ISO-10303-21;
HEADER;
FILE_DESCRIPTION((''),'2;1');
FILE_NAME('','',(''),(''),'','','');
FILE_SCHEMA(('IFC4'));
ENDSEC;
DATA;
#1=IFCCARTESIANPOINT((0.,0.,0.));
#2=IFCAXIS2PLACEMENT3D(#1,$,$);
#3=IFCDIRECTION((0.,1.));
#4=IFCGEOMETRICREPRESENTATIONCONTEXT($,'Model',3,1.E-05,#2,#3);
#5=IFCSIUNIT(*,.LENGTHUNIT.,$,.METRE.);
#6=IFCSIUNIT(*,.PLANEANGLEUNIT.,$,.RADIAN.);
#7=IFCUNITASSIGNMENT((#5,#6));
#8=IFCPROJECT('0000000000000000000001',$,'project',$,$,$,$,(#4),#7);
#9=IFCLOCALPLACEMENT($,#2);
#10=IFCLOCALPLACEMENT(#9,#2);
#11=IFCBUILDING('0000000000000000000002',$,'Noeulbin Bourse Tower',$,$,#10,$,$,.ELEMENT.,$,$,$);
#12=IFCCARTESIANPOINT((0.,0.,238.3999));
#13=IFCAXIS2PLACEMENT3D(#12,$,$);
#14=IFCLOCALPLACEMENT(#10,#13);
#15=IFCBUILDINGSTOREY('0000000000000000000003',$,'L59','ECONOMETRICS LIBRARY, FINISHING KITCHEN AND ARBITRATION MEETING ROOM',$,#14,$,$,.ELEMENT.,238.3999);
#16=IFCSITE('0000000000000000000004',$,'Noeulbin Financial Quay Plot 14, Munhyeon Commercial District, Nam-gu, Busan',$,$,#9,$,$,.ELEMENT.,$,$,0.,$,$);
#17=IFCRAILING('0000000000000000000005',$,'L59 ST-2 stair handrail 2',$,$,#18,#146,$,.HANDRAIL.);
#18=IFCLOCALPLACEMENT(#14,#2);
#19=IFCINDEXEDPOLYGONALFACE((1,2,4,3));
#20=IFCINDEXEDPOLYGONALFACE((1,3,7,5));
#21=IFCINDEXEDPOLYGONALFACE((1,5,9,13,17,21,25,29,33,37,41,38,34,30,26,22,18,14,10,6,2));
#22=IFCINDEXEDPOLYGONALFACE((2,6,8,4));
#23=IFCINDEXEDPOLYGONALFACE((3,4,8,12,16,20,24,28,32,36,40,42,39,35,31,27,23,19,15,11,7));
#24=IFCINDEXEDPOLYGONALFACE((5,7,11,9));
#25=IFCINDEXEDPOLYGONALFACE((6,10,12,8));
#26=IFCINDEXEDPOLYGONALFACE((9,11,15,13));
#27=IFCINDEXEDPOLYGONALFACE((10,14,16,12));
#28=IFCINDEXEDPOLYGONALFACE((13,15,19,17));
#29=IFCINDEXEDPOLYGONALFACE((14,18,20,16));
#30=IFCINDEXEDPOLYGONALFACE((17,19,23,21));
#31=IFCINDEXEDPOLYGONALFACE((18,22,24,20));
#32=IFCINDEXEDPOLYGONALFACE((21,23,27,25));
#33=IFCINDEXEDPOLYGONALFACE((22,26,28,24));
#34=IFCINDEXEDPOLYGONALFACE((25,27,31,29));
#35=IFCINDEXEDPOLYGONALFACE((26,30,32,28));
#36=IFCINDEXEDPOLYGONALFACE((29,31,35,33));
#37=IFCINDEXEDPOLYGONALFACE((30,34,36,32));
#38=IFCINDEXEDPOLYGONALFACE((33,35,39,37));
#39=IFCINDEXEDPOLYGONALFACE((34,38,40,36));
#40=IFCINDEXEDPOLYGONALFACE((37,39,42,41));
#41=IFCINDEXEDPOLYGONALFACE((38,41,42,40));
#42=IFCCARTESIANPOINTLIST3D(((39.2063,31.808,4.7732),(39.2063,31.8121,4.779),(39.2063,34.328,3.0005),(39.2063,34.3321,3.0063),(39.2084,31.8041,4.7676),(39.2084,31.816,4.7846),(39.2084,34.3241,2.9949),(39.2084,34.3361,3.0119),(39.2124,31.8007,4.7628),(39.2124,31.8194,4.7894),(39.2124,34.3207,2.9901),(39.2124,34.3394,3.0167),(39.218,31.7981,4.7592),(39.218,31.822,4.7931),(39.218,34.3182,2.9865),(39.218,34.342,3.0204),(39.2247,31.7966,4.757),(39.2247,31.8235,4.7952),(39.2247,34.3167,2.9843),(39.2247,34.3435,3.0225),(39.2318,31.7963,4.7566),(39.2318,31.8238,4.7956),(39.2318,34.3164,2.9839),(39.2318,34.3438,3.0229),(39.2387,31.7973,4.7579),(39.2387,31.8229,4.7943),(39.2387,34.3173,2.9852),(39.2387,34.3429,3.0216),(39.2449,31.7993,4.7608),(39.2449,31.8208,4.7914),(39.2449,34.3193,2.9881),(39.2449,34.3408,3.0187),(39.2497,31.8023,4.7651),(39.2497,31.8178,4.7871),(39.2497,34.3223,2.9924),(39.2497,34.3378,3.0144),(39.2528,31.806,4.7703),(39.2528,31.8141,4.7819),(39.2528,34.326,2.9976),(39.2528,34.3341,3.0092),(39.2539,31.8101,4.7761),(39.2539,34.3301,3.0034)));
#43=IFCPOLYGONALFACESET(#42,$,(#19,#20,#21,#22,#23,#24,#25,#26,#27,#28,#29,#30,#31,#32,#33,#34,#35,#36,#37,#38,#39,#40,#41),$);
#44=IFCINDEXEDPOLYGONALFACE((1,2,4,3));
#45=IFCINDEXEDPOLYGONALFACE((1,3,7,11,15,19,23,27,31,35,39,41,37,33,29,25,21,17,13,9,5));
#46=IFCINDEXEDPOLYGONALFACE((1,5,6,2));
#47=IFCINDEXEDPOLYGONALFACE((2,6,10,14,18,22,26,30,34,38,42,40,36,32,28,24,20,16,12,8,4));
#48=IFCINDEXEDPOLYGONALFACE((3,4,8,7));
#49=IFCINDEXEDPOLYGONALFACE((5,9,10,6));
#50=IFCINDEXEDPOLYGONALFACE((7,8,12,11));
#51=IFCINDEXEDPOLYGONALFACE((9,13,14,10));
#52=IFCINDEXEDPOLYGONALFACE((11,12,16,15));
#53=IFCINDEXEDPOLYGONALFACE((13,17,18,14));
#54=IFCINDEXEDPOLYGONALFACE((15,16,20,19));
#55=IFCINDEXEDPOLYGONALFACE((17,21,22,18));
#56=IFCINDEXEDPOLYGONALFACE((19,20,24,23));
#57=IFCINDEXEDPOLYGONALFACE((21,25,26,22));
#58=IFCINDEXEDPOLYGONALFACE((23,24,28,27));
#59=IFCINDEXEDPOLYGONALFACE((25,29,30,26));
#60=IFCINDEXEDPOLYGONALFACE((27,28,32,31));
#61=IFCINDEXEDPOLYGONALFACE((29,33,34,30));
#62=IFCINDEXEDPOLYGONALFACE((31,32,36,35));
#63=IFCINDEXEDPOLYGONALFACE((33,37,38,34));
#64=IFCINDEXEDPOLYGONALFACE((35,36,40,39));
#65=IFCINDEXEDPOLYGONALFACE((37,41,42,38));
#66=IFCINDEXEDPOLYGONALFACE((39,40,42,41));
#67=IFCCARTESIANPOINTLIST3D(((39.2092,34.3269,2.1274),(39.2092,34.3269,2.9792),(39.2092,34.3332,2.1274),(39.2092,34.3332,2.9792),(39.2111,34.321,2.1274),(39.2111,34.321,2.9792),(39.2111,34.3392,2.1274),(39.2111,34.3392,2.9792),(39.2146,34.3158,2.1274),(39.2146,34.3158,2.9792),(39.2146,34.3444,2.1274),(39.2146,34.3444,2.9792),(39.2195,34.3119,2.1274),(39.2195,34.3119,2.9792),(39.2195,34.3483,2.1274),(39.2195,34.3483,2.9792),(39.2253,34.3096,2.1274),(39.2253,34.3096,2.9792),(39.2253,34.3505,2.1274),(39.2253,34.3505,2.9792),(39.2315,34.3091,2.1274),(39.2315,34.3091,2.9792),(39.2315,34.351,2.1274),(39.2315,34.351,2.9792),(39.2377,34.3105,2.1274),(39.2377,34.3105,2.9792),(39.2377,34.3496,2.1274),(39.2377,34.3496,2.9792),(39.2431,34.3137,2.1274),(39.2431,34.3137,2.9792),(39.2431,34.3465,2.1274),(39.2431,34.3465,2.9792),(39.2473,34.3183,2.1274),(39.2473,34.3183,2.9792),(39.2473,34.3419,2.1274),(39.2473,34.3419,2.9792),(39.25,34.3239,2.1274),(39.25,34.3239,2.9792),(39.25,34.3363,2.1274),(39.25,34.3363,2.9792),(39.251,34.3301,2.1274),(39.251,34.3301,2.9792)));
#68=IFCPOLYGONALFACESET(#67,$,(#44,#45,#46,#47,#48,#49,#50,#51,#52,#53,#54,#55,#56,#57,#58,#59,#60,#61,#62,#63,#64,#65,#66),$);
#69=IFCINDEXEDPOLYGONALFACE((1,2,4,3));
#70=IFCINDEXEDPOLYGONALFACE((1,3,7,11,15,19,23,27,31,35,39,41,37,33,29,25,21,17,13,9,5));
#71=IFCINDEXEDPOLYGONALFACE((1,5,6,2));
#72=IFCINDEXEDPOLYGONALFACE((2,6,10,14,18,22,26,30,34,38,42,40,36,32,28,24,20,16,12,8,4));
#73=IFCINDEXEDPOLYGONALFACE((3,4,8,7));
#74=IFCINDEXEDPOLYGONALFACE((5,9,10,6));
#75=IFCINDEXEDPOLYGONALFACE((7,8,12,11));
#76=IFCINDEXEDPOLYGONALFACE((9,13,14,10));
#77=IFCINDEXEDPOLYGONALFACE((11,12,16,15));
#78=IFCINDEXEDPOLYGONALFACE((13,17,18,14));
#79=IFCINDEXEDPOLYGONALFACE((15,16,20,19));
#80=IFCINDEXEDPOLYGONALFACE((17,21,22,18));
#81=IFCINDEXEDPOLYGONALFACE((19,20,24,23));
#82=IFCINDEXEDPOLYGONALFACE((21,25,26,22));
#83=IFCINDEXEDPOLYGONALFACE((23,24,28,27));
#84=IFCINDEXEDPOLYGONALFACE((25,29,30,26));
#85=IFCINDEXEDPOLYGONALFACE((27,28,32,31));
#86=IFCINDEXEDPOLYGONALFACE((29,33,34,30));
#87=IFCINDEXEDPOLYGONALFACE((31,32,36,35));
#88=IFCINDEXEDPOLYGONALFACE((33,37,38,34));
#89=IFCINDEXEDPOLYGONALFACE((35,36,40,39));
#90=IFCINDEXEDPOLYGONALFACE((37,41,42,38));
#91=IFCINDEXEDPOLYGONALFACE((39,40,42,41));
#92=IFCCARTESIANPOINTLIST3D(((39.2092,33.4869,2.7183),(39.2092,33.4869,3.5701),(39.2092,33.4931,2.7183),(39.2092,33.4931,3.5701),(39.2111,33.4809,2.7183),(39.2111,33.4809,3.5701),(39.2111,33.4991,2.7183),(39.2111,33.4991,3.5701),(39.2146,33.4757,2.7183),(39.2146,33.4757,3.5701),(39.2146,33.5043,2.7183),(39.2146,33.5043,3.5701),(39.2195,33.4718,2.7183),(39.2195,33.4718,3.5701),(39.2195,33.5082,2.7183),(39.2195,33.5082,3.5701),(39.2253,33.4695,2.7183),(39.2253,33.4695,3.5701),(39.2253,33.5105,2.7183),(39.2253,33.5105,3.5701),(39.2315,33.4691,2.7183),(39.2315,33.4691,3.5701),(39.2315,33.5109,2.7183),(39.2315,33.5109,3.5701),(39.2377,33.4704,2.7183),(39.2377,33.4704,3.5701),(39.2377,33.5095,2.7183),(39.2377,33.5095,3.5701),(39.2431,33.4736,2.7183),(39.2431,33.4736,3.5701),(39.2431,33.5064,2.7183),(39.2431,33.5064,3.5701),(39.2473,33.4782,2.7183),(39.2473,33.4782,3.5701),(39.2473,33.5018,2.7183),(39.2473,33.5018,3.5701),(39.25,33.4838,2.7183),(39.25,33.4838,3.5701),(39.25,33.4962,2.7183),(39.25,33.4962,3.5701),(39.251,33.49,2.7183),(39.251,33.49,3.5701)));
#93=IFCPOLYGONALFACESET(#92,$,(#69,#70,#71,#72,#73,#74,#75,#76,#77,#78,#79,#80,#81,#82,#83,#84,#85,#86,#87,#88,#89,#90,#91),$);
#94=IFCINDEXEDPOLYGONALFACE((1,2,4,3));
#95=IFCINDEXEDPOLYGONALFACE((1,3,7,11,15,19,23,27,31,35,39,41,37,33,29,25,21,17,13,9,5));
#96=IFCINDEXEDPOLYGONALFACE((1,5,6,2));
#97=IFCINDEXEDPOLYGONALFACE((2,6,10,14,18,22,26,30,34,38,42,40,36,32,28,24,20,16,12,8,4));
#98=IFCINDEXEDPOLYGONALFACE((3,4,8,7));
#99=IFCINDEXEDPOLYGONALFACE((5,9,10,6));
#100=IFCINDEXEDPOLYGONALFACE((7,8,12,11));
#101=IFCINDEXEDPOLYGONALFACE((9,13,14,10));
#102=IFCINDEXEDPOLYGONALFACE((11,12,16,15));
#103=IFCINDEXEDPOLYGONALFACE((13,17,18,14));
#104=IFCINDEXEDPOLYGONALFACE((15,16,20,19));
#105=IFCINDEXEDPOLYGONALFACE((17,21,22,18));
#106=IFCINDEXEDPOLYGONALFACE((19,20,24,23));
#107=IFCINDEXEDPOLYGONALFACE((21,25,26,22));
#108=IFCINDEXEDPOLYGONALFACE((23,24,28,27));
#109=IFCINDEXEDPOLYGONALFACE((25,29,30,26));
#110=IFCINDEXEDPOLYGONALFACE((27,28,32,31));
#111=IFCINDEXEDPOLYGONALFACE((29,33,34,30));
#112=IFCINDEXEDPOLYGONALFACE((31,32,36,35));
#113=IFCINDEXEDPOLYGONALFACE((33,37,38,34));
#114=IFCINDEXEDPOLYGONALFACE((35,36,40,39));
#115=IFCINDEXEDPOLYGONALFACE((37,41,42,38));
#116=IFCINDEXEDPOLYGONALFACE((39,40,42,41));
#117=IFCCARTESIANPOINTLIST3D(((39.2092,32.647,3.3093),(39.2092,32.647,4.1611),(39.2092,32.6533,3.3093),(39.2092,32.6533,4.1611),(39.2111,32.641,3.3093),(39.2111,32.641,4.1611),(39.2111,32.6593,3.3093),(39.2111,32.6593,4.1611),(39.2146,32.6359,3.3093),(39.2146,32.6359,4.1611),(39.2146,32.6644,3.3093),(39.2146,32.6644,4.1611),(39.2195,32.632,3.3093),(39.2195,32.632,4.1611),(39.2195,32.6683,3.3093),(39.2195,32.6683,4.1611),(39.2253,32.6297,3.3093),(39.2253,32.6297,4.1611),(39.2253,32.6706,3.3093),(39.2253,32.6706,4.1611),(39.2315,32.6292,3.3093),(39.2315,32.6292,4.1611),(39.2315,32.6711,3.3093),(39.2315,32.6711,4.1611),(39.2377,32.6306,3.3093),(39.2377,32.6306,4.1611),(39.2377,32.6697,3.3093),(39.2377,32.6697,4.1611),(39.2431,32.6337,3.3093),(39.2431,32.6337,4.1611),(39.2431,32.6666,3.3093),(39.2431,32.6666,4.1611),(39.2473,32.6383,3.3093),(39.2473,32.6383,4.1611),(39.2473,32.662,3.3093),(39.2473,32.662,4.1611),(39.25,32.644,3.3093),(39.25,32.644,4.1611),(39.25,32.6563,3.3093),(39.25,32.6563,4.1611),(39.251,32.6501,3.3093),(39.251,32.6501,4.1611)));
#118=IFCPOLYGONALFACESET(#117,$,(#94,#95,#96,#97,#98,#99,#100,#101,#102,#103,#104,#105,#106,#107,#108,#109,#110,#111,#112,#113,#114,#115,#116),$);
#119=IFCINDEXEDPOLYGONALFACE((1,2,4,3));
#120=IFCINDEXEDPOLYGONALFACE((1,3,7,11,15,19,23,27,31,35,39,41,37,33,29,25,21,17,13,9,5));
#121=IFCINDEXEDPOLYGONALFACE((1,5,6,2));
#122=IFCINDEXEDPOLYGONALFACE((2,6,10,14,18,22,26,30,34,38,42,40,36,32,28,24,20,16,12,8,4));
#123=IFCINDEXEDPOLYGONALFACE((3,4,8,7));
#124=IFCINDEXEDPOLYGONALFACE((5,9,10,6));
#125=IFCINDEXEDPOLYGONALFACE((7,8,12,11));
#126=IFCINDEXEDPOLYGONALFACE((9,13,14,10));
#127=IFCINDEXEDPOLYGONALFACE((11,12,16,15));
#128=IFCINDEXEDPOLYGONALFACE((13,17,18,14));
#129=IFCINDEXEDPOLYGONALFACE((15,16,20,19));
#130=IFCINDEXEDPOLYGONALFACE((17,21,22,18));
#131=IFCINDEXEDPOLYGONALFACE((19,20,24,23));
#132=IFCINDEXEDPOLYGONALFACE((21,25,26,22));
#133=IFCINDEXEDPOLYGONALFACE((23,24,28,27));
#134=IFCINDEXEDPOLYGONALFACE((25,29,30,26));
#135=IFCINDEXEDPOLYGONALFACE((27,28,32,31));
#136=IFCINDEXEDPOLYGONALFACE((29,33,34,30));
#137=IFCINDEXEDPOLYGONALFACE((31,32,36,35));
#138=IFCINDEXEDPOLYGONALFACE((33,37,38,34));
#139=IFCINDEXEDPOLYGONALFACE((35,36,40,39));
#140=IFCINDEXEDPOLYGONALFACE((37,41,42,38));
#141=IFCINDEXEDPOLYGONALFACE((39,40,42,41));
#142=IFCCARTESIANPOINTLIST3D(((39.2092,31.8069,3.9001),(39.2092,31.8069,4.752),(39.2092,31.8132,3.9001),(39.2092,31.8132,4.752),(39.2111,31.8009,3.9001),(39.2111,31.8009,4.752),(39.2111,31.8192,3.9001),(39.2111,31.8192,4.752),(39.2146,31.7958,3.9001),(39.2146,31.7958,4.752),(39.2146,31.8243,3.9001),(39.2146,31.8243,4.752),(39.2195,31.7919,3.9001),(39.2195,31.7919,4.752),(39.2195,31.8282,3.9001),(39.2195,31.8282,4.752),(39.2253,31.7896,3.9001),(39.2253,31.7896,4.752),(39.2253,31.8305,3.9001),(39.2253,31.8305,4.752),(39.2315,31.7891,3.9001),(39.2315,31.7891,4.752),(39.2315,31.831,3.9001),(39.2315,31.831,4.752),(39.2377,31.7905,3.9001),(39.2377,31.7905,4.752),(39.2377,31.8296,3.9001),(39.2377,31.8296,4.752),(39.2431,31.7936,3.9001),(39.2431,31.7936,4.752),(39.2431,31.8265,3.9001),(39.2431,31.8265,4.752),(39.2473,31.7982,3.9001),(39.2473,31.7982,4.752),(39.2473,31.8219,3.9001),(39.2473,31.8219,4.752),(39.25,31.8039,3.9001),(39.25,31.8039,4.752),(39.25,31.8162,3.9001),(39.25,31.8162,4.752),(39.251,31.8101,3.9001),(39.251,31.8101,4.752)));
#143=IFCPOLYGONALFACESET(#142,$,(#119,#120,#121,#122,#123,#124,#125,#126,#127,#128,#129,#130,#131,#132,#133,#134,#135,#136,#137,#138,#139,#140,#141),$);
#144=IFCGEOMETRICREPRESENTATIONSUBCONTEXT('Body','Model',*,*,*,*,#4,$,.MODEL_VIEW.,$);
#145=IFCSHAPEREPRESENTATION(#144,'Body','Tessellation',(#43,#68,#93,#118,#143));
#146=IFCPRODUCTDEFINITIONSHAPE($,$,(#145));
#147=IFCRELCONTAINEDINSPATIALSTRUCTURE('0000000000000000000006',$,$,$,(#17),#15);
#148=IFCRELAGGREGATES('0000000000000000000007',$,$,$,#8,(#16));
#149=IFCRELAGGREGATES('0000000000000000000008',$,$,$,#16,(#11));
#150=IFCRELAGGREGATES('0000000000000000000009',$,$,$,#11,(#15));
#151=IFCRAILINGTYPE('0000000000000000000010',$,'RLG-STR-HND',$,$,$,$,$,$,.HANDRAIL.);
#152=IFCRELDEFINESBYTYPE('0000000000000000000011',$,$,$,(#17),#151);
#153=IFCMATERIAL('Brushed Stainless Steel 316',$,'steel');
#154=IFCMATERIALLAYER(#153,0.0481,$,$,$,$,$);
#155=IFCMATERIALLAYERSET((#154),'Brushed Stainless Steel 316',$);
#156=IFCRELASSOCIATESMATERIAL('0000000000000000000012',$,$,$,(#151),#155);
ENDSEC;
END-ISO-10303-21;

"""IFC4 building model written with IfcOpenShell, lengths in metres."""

from ifc_helpers import new_model, si_unit, direction, frame, origin, origin_2d, place, context, subcontext, project, spatial, circle, extrude, material, layer, layer_set, type_object, element, save


model = new_model("IFC4")

# Units and contexts
model_context = context("Model", 3, precision=1e-05, world=origin(), true_north=direction((0.0, 1.0)))
body_context = subcontext(model_context, "Body", "Model", "MODEL_VIEW")
ifc_project = project(units=[si_unit("LENGTHUNIT", "METRE"), si_unit("PLANEANGLEUNIT", "RADIAN")], contexts=[model_context])

# Site, building, storey
site_placement = place(None, origin())
site = spatial("IfcSite", under=ifc_project, at=site_placement, Name="Noeulbin Financial Quay Plot 14, Munhyeon Commercial District, Nam-gu, Busan", CompositionType="ELEMENT", RefElevation=0.0)
building_placement = place(site_placement, origin())
building = spatial("IfcBuilding", under=site, at=building_placement, Name="Noeulbin Bourse Tower", CompositionType="ELEMENT")
storey_placement = place(building_placement, frame((0.0, 0.0, 238.3999)))
storey = spatial("IfcBuildingStorey", under=building, at=storey_placement, Name="L59", Description="ECONOMETRICS LIBRARY, FINISHING KITCHEN AND ARBITRATION MEETING ROOM", CompositionType="ELEMENT", Elevation=238.3999)

# Railing
ifc_material_1 = material(Name="Brushed Stainless Steel 316", Category="steel")
ifc_layer_1 = layer(ifc_material_1, 0.0481)
ifc_layer_set_1 = layer_set([ifc_layer_1], Name="Brushed Stainless Steel 316")
railing_type_1 = type_object("IfcRailingType", Name="RLG-STR-HND", PredefinedType="HANDRAIL", material=ifc_layer_set_1)
railing_1_placement = place(storey_placement, frame((39.23, 34.3301, 2.1274)))
element("IfcRailing", 1, at=railing_1_placement, inside=storey, type_object=railing_type_1, Name="L59 ST-2 stair handrail 2", PredefinedType="HANDRAIL", context=body_context, shape_type="SweptSolid", body=[
    extrude(circle(Radius=0.0239, at=origin_2d()), frame((0.0, 0.0, 0.876), z_axis=(0.0, -0.817904, 0.575354), x_axis=(1.0, 0.0, 0.0)), (0.0, 0.0, 1.0), 3.0811),
    extrude(circle(Radius=0.021, at=origin_2d()), origin(), (0.0, 0.0, 1.0), 0.8518),
    extrude(circle(Radius=0.021, at=origin_2d()), frame((0.0, -0.8401, 0.5908)), (0.0, 0.0, 1.0), 0.8518),
    extrude(circle(Radius=0.021, at=origin_2d()), frame((0.0, -1.6799, 1.1819)), (0.0, 0.0, 1.0), 0.8518),
    extrude(circle(Radius=0.021, at=origin_2d()), frame((0.0, -2.52, 1.7727)), (0.0, 0.0, 1.0), 0.8518),
])

save(model, "model.ifc")
